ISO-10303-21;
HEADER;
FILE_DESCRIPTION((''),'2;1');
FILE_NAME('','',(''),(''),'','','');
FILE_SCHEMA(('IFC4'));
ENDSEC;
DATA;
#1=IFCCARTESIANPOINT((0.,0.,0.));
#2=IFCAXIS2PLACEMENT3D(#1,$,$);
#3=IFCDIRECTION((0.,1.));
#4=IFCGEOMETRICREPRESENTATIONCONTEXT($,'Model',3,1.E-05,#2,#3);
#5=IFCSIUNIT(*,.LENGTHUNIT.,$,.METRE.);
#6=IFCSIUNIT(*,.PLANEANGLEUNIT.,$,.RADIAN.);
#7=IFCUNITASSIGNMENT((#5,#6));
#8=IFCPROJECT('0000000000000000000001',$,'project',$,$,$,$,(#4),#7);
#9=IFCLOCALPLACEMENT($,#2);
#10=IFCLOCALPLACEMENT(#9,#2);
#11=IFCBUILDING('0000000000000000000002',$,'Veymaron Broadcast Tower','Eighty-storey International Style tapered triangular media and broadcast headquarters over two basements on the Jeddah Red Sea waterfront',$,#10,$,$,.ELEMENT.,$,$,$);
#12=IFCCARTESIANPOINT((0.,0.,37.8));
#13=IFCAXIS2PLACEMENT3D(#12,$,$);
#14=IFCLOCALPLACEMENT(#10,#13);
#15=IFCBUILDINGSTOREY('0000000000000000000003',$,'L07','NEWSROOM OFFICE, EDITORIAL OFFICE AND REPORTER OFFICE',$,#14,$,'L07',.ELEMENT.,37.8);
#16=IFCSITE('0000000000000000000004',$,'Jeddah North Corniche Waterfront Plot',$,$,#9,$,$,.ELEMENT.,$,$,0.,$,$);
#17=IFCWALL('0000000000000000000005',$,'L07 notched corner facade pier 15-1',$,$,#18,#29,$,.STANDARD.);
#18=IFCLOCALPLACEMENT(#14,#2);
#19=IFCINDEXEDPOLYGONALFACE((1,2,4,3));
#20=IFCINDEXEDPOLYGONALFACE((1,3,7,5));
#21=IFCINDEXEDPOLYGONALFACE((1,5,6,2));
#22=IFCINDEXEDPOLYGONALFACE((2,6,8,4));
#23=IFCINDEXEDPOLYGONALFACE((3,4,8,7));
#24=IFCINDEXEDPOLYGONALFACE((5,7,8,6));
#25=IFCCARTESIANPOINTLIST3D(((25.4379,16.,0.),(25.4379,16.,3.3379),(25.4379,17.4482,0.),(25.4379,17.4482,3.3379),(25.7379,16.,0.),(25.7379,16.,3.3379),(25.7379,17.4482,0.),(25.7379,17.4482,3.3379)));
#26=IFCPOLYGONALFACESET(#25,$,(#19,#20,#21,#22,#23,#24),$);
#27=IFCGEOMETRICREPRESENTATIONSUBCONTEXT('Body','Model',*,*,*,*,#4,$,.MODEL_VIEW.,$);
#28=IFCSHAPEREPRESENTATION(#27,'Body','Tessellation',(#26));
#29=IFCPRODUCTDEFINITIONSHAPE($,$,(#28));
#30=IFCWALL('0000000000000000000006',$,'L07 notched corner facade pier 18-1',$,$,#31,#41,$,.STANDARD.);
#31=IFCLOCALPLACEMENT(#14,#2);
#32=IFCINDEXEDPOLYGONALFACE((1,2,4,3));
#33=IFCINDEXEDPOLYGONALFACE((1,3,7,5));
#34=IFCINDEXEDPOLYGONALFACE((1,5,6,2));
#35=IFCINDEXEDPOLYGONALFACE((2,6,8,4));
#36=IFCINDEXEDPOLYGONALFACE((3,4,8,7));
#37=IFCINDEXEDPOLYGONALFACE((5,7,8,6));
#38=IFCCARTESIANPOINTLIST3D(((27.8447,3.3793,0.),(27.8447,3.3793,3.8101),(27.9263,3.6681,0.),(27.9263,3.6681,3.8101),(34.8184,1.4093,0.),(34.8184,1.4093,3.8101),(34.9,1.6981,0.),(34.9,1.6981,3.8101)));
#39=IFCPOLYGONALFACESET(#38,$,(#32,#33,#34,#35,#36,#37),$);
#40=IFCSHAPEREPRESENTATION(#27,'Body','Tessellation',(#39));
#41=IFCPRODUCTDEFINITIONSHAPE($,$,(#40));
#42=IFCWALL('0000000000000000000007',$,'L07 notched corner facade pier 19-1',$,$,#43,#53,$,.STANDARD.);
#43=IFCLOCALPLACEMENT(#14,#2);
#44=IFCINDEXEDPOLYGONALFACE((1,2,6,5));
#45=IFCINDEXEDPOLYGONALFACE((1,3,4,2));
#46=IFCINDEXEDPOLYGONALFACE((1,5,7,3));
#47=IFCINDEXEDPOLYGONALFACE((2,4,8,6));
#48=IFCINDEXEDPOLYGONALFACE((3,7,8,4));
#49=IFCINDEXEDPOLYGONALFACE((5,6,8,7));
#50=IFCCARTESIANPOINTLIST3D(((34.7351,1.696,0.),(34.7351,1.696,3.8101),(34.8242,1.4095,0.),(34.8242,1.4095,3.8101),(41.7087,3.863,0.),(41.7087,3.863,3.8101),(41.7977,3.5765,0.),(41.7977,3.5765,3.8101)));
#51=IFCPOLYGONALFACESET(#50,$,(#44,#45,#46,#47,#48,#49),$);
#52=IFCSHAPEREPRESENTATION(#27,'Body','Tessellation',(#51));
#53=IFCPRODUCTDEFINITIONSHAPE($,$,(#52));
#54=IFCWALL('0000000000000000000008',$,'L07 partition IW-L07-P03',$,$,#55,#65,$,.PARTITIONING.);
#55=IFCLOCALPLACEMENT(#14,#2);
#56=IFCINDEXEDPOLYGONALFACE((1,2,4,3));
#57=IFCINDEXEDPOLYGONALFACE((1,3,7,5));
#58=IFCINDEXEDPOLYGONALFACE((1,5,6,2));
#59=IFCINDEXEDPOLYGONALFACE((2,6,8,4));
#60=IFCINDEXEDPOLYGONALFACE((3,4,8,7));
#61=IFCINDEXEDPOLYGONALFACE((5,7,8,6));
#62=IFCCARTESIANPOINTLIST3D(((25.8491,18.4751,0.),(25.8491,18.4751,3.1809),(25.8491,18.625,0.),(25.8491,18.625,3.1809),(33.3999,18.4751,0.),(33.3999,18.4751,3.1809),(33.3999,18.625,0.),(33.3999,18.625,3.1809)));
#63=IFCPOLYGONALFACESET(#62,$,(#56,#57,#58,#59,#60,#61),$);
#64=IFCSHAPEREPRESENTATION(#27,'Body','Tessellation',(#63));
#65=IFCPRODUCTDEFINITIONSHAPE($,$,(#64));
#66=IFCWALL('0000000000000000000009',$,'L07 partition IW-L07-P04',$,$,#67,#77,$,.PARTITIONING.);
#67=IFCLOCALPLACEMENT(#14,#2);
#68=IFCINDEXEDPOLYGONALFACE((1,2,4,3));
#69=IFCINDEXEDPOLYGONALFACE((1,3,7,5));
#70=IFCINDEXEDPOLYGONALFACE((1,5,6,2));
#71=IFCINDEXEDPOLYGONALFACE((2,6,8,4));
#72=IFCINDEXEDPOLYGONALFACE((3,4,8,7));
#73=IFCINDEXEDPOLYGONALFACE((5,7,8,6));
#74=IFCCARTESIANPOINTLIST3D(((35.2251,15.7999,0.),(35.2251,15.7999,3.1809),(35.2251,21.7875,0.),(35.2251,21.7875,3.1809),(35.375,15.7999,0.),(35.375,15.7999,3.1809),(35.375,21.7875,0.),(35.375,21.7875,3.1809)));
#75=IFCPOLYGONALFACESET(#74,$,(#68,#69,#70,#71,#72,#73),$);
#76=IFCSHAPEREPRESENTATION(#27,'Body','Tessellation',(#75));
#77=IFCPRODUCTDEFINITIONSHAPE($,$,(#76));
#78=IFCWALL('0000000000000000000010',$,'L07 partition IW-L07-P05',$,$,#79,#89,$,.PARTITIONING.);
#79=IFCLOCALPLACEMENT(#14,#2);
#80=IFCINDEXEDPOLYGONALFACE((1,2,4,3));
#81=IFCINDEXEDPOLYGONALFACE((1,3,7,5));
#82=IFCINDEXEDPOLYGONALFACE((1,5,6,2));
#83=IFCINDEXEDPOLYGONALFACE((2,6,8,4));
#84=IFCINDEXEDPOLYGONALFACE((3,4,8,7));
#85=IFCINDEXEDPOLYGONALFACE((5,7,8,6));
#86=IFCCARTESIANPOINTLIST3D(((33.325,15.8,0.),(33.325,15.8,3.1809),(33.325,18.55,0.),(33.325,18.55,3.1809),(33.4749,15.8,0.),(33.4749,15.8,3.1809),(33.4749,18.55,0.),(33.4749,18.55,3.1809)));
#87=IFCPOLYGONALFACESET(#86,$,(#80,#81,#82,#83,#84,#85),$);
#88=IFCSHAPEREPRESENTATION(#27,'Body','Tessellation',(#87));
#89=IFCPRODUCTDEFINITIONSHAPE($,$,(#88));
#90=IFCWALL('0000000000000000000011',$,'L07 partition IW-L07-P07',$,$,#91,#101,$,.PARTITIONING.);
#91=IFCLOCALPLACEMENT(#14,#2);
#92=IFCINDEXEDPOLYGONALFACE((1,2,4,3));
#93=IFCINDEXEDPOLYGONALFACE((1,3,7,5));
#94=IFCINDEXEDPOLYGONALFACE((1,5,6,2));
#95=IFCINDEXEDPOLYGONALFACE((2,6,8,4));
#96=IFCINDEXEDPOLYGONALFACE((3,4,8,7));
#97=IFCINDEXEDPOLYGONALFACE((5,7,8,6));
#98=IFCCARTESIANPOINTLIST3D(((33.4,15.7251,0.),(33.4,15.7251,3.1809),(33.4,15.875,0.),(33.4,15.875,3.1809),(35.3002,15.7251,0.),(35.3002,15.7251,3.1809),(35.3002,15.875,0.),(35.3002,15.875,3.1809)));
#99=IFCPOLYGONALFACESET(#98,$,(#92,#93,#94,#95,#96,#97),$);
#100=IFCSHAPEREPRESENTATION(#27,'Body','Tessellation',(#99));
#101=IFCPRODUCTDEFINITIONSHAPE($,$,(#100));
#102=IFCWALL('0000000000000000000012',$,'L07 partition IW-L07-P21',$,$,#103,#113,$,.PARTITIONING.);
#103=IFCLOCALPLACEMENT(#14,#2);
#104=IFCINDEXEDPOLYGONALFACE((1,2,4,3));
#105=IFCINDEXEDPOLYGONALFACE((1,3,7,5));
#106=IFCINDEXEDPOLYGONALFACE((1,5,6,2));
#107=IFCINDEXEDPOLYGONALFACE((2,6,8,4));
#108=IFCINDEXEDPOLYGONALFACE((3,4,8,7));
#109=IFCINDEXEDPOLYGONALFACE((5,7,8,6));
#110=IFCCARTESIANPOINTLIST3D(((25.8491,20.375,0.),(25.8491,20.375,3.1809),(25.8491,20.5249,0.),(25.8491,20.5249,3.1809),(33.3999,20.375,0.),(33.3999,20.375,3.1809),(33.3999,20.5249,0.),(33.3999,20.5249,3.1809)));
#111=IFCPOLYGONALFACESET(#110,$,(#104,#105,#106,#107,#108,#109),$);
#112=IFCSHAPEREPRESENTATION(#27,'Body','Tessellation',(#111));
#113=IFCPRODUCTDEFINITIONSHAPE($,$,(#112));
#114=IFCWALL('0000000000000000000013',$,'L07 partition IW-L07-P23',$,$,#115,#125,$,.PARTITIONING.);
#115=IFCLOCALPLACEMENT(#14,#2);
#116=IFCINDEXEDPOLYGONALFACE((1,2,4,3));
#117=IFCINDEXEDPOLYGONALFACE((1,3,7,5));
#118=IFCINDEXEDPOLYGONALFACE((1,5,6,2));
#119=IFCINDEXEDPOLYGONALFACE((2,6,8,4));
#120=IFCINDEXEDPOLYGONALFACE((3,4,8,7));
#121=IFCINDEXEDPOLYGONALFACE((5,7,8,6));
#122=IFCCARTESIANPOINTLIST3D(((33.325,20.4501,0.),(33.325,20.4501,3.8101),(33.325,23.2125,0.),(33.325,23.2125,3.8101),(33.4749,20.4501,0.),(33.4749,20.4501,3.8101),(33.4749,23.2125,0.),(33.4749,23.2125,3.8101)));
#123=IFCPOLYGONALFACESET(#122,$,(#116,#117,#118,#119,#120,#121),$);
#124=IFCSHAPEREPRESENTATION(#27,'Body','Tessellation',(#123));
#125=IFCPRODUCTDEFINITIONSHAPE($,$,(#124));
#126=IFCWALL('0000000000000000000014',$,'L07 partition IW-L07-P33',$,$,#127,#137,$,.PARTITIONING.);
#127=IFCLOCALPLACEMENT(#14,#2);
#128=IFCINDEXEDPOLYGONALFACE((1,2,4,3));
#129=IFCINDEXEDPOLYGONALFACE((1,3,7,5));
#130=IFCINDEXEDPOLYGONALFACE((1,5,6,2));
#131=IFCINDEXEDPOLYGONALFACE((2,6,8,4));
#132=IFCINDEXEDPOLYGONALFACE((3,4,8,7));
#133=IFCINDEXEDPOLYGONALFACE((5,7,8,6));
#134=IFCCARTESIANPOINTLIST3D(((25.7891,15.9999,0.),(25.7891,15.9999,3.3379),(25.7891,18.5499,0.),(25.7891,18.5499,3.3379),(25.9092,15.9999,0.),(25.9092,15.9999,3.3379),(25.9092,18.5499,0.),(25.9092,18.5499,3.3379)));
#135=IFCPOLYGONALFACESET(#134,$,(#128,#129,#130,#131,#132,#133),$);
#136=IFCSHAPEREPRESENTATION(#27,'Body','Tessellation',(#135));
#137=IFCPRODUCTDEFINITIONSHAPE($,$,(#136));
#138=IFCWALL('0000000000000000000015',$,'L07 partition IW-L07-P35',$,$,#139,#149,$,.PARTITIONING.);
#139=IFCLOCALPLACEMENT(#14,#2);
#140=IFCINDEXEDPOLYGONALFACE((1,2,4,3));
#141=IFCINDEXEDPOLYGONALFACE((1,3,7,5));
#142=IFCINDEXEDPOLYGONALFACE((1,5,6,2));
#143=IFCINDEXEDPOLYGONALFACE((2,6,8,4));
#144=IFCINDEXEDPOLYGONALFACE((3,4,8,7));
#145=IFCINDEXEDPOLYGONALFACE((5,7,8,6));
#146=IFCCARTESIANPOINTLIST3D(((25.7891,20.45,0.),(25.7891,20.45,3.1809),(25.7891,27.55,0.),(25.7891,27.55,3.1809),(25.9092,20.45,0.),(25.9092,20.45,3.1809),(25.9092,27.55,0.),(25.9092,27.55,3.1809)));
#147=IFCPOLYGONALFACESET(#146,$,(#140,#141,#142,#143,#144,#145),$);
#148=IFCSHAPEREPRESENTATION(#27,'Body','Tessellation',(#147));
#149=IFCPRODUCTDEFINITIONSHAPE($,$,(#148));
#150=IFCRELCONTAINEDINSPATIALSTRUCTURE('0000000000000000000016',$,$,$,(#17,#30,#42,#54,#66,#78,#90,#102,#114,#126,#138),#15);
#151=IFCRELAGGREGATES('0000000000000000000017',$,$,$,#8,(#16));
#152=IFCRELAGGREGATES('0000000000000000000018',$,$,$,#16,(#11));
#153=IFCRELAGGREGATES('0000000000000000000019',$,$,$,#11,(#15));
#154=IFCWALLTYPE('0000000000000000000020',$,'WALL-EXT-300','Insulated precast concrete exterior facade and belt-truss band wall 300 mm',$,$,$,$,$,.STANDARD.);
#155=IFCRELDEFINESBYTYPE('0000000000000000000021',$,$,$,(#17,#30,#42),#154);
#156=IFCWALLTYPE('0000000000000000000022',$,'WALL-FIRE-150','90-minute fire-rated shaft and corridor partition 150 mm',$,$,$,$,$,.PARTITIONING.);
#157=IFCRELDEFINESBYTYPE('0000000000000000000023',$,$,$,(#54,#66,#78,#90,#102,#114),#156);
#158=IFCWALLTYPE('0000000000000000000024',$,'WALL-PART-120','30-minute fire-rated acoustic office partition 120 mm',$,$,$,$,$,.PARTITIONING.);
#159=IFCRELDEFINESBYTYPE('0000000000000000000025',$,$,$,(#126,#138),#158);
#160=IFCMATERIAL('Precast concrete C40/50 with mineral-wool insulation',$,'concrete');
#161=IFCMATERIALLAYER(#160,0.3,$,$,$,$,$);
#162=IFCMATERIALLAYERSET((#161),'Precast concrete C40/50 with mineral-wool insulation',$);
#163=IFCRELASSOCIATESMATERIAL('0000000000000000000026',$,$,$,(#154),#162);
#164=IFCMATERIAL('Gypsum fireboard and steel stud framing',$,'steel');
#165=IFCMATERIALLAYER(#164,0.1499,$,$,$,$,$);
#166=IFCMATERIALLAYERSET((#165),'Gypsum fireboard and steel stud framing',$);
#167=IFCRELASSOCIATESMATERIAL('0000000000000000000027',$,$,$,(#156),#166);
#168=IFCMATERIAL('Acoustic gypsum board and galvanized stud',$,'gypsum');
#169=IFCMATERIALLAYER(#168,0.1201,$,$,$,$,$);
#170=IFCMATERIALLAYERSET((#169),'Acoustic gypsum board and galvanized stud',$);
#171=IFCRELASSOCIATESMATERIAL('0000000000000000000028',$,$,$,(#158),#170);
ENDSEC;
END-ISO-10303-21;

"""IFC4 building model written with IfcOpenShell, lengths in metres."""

from ifc_helpers import new_model, si_unit, direction, frame, frame_2d, origin, place, context, subcontext, project, spatial, rectangle, extrude, material, layer, layer_set, type_object, element, save


model = new_model("IFC4")

# Units and contexts
model_context = context("Model", 3, precision=1e-05, world=origin(), true_north=direction((0.0, 1.0)))
body_context = subcontext(model_context, "Body", "Model", "MODEL_VIEW")
ifc_project = project(units=[si_unit("LENGTHUNIT", "METRE"), si_unit("PLANEANGLEUNIT", "RADIAN")], contexts=[model_context])

# Site, building, storey
site_placement = place(None, origin())
site = spatial("IfcSite", under=ifc_project, at=site_placement, Name="Jeddah North Corniche Waterfront Plot", CompositionType="ELEMENT", RefElevation=0.0)
building_placement = place(site_placement, origin())
building = spatial("IfcBuilding", under=site, at=building_placement, Name="Veymaron Broadcast Tower", Description="Eighty-storey International Style tapered triangular media and broadcast headquarters over two basements on the Jeddah Red Sea waterfront", CompositionType="ELEMENT")
storey_placement = place(building_placement, frame((0.0, 0.0, 37.8)))
storey = spatial("IfcBuildingStorey", under=building, at=storey_placement, Name="L07", Description="NEWSROOM OFFICE, EDITORIAL OFFICE AND REPORTER OFFICE", LongName="L07", CompositionType="ELEMENT", Elevation=37.8)

# Walls
ifc_material_1 = material(Name="Precast concrete C40/50 with mineral-wool insulation", Category="concrete")
ifc_layer_1 = layer(ifc_material_1, 0.3)
ifc_layer_set_1 = layer_set([ifc_layer_1], Name="Precast concrete C40/50 with mineral-wool insulation")
wall_type_1 = type_object("IfcWallType", Name="WALL-EXT-300", Description="Insulated precast concrete exterior facade and belt-truss band wall 300 mm", PredefinedType="STANDARD", material=ifc_layer_set_1)
wall_1_placement = place(storey_placement, frame((25.5879, 17.4482, 0.0), z_axis=(0.0, 0.0, 1.0), x_axis=(0.0, -1.0, 0.0)))
element("IfcWall", 1, at=wall_1_placement, inside=storey, type_object=wall_type_1, Name="L07 notched corner facade pier 15-1", PredefinedType="STANDARD", context=body_context, shape_type="SweptSolid", body=[
    extrude(rectangle(XDim=1.4482, YDim=0.3, at=frame_2d((0.7241, 0.0))), origin(), (0.0, 0.0, 1.0), 3.3379),
])
wall_2_placement = place(storey_placement, frame((27.8855, 3.5237, 0.0), z_axis=(0.0, 0.0, 1.0), x_axis=(0.96234, -0.27185, 0.0)))
element("IfcWall", 2, at=wall_2_placement, inside=storey, type_object=wall_type_1, Name="L07 notched corner facade pier 18-1", PredefinedType="STANDARD", context=body_context, shape_type="SweptSolid", body=[
    extrude(rectangle(XDim=7.2466, YDim=0.3, at=frame_2d((3.6233, 0.0))), origin(), (0.0, 0.0, 1.0), 3.8101),
])
wall_3_placement = place(storey_placement, frame((34.7795, 1.5527, 0.0), z_axis=(0.0, 0.0, 1.0), x_axis=(0.954957, 0.296744, 0.0)))
element("IfcWall", 3, at=wall_3_placement, inside=storey, type_object=wall_type_1, Name="L07 notched corner facade pier 19-1", PredefinedType="STANDARD", context=body_context, shape_type="SweptSolid", body=[
    extrude(rectangle(XDim=7.3025, YDim=0.3, at=frame_2d((3.6514, 0.0))), origin(), (0.0, 0.0, 1.0), 3.8101),
])
ifc_material_2 = material(Name="Gypsum fireboard and steel stud framing", Category="steel")
ifc_layer_2 = layer(ifc_material_2, 0.1499)
ifc_layer_set_2 = layer_set([ifc_layer_2], Name="Gypsum fireboard and steel stud framing")
wall_type_2 = type_object("IfcWallType", Name="WALL-FIRE-150", Description="90-minute fire-rated shaft and corridor partition 150 mm", PredefinedType="PARTITIONING", material=ifc_layer_set_2)
wall_4_placement = place(storey_placement, frame((25.8491, 18.55, 0.0), z_axis=(0.0, 0.0, 1.0), x_axis=(1.0, 0.0, 0.0)))
element("IfcWall", 4, at=wall_4_placement, inside=storey, type_object=wall_type_2, Name="L07 partition IW-L07-P03", PredefinedType="PARTITIONING", context=body_context, shape_type="SweptSolid", body=[
    extrude(rectangle(XDim=7.5508, YDim=0.1499, at=frame_2d((3.7754, 0.0))), origin(), (0.0, 0.0, 1.0), 3.1809),
])
wall_5_placement = place(storey_placement, frame((35.3, 15.8, 0.0), z_axis=(0.0, 0.0, 1.0), x_axis=(0.0, 1.0, 0.0)))
element("IfcWall", 5, at=wall_5_placement, inside=storey, type_object=wall_type_2, Name="L07 partition IW-L07-P04", PredefinedType="PARTITIONING", context=body_context, shape_type="SweptSolid", body=[
    extrude(rectangle(XDim=5.9875, YDim=0.1499, at=frame_2d((2.9937, 0.0))), origin(), (0.0, 0.0, 1.0), 3.1809),
])
wall_6_placement = place(storey_placement, frame((33.3999, 15.8, 0.0), z_axis=(0.0, 0.0, 1.0), x_axis=(0.0, 1.0, 0.0)))
element("IfcWall", 6, at=wall_6_placement, inside=storey, type_object=wall_type_2, Name="L07 partition IW-L07-P05", PredefinedType="PARTITIONING", context=body_context, shape_type="SweptSolid", body=[
    extrude(rectangle(XDim=2.75, YDim=0.1499, at=frame_2d((1.375, 0.0))), origin(), (0.0, 0.0, 1.0), 3.1809),
])
wall_7_placement = place(storey_placement, frame((33.3999, 15.8, 0.0), z_axis=(0.0, 0.0, 1.0), x_axis=(1.0, 0.0, 0.0)))
element("IfcWall", 7, at=wall_7_placement, inside=storey, type_object=wall_type_2, Name="L07 partition IW-L07-P07", PredefinedType="PARTITIONING", context=body_context, shape_type="SweptSolid", body=[
    extrude(rectangle(XDim=1.9001, YDim=0.1499, at=frame_2d((0.9502, 0.0))), origin(), (0.0, 0.0, 1.0), 3.1809),
])
wall_8_placement = place(storey_placement, frame((25.8491, 20.45, 0.0), z_axis=(0.0, 0.0, 1.0), x_axis=(1.0, 0.0, 0.0)))
element("IfcWall", 8, at=wall_8_placement, inside=storey, type_object=wall_type_2, Name="L07 partition IW-L07-P21", PredefinedType="PARTITIONING", context=body_context, shape_type="SweptSolid", body=[
    extrude(rectangle(XDim=7.5508, YDim=0.1499, at=frame_2d((3.7754, 0.0))), origin(), (0.0, 0.0, 1.0), 3.1809),
])
wall_9_placement = place(storey_placement, frame((33.3999, 20.45, 0.0), z_axis=(0.0, 0.0, 1.0), x_axis=(0.0, 1.0, 0.0)))
element("IfcWall", 9, at=wall_9_placement, inside=storey, type_object=wall_type_2, Name="L07 partition IW-L07-P23", PredefinedType="PARTITIONING", context=body_context, shape_type="SweptSolid", body=[
    extrude(rectangle(XDim=2.7625, YDim=0.1499, at=frame_2d((1.3813, 0.0))), origin(), (0.0, 0.0, 1.0), 3.8101),
])
ifc_material_3 = material(Name="Acoustic gypsum board and galvanized stud", Category="gypsum")
ifc_layer_3 = layer(ifc_material_3, 0.1201)
ifc_layer_set_3 = layer_set([ifc_layer_3], Name="Acoustic gypsum board and galvanized stud")
wall_type_3 = type_object("IfcWallType", Name="WALL-PART-120", Description="30-minute fire-rated acoustic office partition 120 mm", PredefinedType="PARTITIONING", material=ifc_layer_set_3)
wall_10_placement = place(storey_placement, frame((25.8491, 16.0, 0.0), z_axis=(0.0, 0.0, 1.0), x_axis=(0.0, 1.0, 0.0)))
element("IfcWall", 10, at=wall_10_placement, inside=storey, type_object=wall_type_3, Name="L07 partition IW-L07-P33", PredefinedType="PARTITIONING", context=body_context, shape_type="SweptSolid", body=[
    extrude(rectangle(XDim=2.55, YDim=0.1201, at=frame_2d((1.2749, 0.0))), origin(), (0.0, 0.0, 1.0), 3.3379),
])
wall_11_placement = place(storey_placement, frame((25.8491, 20.45, 0.0), z_axis=(0.0, 0.0, 1.0), x_axis=(0.0, 1.0, 0.0)))
element("IfcWall", 11, at=wall_11_placement, inside=storey, type_object=wall_type_3, Name="L07 partition IW-L07-P35", PredefinedType="PARTITIONING", context=body_context, shape_type="SweptSolid", body=[
    extrude(rectangle(XDim=7.1001, YDim=0.1201, at=frame_2d((3.55, 0.0))), origin(), (0.0, 0.0, 1.0), 3.1809),
])

save(model, "model.ifc")
